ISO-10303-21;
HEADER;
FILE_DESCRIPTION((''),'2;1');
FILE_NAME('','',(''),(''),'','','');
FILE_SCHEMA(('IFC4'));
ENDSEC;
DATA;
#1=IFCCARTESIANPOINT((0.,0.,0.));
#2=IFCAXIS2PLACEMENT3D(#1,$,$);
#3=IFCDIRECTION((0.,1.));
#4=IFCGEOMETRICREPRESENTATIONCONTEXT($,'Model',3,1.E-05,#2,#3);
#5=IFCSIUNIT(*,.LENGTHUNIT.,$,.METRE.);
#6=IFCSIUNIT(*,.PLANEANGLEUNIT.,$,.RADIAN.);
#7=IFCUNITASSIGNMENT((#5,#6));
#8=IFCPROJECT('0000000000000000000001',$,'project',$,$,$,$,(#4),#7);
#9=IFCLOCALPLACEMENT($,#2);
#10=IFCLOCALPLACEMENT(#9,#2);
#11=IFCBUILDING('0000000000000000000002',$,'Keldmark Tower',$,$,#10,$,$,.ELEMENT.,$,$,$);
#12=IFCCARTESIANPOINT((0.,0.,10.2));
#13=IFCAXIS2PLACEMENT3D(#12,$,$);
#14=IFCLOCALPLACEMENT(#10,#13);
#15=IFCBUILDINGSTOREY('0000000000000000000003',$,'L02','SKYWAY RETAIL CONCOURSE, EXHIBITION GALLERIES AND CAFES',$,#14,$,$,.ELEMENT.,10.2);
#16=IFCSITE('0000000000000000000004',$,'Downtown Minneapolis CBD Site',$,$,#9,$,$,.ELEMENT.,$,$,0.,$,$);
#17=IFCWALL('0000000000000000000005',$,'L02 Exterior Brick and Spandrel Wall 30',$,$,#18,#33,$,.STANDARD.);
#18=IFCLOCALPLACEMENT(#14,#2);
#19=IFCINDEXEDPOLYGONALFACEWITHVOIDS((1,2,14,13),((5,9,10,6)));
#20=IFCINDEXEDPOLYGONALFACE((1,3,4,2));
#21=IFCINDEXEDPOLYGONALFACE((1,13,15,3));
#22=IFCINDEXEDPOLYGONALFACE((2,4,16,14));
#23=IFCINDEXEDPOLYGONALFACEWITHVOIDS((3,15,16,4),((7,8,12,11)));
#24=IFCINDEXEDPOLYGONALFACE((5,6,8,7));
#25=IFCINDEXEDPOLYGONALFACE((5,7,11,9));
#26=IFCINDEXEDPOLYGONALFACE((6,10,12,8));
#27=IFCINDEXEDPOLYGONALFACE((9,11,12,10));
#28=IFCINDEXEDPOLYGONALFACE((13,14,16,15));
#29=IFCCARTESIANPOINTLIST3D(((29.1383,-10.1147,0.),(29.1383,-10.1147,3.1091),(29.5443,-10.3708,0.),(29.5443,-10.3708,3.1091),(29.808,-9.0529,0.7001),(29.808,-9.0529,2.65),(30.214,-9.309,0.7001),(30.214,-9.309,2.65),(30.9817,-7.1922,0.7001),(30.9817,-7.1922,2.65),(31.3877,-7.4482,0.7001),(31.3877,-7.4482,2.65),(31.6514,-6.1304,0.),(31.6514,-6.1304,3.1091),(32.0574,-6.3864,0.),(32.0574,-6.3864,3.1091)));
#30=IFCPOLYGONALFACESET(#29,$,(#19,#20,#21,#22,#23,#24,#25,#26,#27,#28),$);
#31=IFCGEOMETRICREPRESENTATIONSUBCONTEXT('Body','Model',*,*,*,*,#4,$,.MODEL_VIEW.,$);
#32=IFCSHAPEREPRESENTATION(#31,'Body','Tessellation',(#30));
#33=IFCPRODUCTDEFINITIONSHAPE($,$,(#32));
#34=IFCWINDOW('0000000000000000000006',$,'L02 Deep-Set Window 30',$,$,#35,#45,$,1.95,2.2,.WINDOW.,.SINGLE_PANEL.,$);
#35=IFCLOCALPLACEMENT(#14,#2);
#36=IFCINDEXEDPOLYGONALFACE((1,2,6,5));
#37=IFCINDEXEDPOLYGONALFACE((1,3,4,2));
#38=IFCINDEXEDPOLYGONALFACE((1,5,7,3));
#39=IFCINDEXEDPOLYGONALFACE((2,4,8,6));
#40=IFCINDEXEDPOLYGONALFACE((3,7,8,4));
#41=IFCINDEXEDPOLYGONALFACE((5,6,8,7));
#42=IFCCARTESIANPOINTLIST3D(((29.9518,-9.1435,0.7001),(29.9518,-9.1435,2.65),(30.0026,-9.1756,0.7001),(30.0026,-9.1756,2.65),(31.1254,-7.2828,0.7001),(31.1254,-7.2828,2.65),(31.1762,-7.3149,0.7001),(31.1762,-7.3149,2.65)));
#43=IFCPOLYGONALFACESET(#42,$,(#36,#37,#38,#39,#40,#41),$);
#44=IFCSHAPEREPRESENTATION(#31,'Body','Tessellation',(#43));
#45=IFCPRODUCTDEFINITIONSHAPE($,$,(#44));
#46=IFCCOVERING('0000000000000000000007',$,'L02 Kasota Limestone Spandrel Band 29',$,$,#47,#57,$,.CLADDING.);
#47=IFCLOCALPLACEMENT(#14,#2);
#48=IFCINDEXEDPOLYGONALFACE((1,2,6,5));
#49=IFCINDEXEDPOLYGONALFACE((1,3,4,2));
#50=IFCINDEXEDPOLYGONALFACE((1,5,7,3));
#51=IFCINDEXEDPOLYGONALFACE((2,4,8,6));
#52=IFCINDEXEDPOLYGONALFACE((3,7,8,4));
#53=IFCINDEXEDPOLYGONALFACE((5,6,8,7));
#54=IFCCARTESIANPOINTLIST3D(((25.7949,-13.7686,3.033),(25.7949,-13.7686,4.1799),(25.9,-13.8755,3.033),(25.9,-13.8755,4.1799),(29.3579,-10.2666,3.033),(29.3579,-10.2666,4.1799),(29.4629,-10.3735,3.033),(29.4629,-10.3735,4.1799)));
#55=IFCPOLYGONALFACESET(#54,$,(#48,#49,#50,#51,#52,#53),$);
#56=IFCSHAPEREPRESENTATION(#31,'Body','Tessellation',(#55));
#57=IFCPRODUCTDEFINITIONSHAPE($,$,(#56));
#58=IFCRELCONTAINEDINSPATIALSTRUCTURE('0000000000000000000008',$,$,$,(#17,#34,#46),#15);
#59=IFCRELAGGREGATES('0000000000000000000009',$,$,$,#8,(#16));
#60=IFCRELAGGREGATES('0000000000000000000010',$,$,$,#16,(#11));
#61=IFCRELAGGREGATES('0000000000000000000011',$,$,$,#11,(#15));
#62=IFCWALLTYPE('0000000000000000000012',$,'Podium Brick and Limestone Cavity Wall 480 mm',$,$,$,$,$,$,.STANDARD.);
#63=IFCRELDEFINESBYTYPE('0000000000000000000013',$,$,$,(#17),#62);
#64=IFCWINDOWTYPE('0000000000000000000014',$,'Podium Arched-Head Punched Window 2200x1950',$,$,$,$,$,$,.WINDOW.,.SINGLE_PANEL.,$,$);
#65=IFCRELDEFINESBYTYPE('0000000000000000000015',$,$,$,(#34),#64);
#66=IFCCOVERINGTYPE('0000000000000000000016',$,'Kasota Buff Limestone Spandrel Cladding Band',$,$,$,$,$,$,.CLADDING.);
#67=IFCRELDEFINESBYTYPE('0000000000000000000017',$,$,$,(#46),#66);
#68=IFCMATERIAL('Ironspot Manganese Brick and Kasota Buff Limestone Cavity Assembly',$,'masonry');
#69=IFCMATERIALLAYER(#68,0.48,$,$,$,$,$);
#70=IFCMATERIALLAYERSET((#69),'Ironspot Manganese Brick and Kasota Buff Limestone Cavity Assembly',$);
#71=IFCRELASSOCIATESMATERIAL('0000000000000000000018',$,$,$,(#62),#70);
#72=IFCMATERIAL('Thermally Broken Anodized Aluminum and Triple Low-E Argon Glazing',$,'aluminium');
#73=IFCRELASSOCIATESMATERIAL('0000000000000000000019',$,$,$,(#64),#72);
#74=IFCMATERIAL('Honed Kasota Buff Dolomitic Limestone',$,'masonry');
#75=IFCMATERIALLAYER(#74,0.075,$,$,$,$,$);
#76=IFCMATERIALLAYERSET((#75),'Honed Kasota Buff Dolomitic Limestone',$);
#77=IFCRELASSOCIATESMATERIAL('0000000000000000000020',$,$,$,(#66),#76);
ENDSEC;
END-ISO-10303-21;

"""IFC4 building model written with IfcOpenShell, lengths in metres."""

from ifc_helpers import new_model, si_unit, direction, frame, frame_2d, origin, origin_2d, place, context, subcontext, project, spatial, rectangle, extrude, material, layer, layer_set, type_object, element, fill, save


model = new_model("IFC4")

# Units and contexts
model_context = context("Model", 3, precision=1e-05, world=origin(), true_north=direction((0.0, 1.0)))
body_context = subcontext(model_context, "Body", "Model", "MODEL_VIEW")
ifc_project = project(units=[si_unit("LENGTHUNIT", "METRE"), si_unit("PLANEANGLEUNIT", "RADIAN")], contexts=[model_context])

# Site, building, storey
site_placement = place(None, origin())
site = spatial("IfcSite", under=ifc_project, at=site_placement, Name="Downtown Minneapolis CBD Site", CompositionType="ELEMENT", RefElevation=0.0)
building_placement = place(site_placement, origin())
building = spatial("IfcBuilding", under=site, at=building_placement, Name="Keldmark Tower", CompositionType="ELEMENT")
storey_placement = place(building_placement, frame((0.0, 0.0, 10.2)))
storey = spatial("IfcBuildingStorey", under=building, at=storey_placement, Name="L02", Description="SKYWAY RETAIL CONCOURSE, EXHIBITION GALLERIES AND CAFES", CompositionType="ELEMENT", Elevation=10.2)

# Wall, opening, window
ifc_material_1 = material(Name="Ironspot Manganese Brick and Kasota Buff Limestone Cavity Assembly", Category="masonry")
ifc_layer_1 = layer(ifc_material_1, 0.48)
ifc_layer_set_1 = layer_set([ifc_layer_1], Name="Ironspot Manganese Brick and Kasota Buff Limestone Cavity Assembly")
wall_type = type_object("IfcWallType", Name="Podium Brick and Limestone Cavity Wall 480 mm", PredefinedType="STANDARD", material=ifc_layer_set_1)
ifc_material_2 = material(Name="Thermally Broken Anodized Aluminum and Triple Low-E Argon Glazing", Category="aluminium")
window_type = type_object("IfcWindowType", Name="Podium Arched-Head Punched Window 2200x1950", PartitioningType="SINGLE_PANEL", PredefinedType="WINDOW", material=ifc_material_2)
wall_1_placement = place(storey_placement, frame((31.8545, -6.2583, 0.0), z_axis=(0.0, 0.0, 1.0), x_axis=(-0.533498, -0.845802, 0.0)))
wall_1 = element("IfcWall", 1, at=wall_1_placement, inside=storey, type_object=wall_type, Name="L02 Exterior Brick and Spandrel Wall 30", PredefinedType="STANDARD", context=body_context, shape_type="SweptSolid", body=[
    extrude(rectangle(XDim=4.7107, YDim=0.48, at=frame_2d((2.3555, 0.0))), origin(), (0.0, 0.0, 1.0), 3.1091),
])
opening_1_placement = place(wall_1_placement, frame((1.2554, 0.0, 0.7)))
opening_1 = element("IfcOpeningElement", 2, at=opening_1_placement, cuts=wall_1, PredefinedType="OPENING", context=body_context, shape_type="SweptSolid", body=[
    extrude(rectangle(XDim=2.2, YDim=1.95, at=frame_2d((1.1001, 0.9751))), frame((0.0, 0.25, 0.0), z_axis=(0.0, -1.0, 0.0), x_axis=(1.0, 0.0, 0.0)), (0.0, 0.0, 1.0), 0.5),
])
window_1_placement = place(opening_1_placement, origin())
window_1 = element("IfcWindow", 3, at=window_1_placement, inside=storey, type_object=window_type, Name="L02 Deep-Set Window 30", OverallHeight=1.95, OverallWidth=2.2, PartitioningType="SINGLE_PANEL", PredefinedType="WINDOW", context=body_context, shape_type="SweptSolid", body=[
    extrude(rectangle(XDim=2.2, YDim=1.95, at=frame_2d((1.1001, 0.9751))), frame((0.0, -0.01, 0.0), z_axis=(0.0, -1.0, 0.0), x_axis=(1.0, 0.0, 0.0)), (0.0, 0.0, 1.0), 0.0601),
])
fill(opening_1, window_1)

# Covering
ifc_material_3 = material(Name="Honed Kasota Buff Dolomitic Limestone", Category="masonry")
ifc_layer_2 = layer(ifc_material_3, 0.075)
ifc_layer_set_2 = layer_set([ifc_layer_2], Name="Honed Kasota Buff Dolomitic Limestone")
covering_type = type_object("IfcCoveringType", Name="Kasota Buff Limestone Spandrel Cladding Band", PredefinedType="CLADDING", material=ifc_layer_set_2)
covering_placement = place(storey_placement, frame((27.6289, -12.071, 3.033), z_axis=(0.0, 0.0, 1.0), x_axis=(0.713189, 0.700972, 0.0)))
element("IfcCovering", 4, at=covering_placement, inside=storey, type_object=covering_type, Name="L02 Kasota Limestone Spandrel Band 29", PredefinedType="CLADDING", context=body_context, shape_type="SweptSolid", body=[
    extrude(rectangle(XDim=4.9958, YDim=0.1499, at=origin_2d()), origin(), (0.0, 0.0, 1.0), 1.147),
])

save(model, "model.ifc")
